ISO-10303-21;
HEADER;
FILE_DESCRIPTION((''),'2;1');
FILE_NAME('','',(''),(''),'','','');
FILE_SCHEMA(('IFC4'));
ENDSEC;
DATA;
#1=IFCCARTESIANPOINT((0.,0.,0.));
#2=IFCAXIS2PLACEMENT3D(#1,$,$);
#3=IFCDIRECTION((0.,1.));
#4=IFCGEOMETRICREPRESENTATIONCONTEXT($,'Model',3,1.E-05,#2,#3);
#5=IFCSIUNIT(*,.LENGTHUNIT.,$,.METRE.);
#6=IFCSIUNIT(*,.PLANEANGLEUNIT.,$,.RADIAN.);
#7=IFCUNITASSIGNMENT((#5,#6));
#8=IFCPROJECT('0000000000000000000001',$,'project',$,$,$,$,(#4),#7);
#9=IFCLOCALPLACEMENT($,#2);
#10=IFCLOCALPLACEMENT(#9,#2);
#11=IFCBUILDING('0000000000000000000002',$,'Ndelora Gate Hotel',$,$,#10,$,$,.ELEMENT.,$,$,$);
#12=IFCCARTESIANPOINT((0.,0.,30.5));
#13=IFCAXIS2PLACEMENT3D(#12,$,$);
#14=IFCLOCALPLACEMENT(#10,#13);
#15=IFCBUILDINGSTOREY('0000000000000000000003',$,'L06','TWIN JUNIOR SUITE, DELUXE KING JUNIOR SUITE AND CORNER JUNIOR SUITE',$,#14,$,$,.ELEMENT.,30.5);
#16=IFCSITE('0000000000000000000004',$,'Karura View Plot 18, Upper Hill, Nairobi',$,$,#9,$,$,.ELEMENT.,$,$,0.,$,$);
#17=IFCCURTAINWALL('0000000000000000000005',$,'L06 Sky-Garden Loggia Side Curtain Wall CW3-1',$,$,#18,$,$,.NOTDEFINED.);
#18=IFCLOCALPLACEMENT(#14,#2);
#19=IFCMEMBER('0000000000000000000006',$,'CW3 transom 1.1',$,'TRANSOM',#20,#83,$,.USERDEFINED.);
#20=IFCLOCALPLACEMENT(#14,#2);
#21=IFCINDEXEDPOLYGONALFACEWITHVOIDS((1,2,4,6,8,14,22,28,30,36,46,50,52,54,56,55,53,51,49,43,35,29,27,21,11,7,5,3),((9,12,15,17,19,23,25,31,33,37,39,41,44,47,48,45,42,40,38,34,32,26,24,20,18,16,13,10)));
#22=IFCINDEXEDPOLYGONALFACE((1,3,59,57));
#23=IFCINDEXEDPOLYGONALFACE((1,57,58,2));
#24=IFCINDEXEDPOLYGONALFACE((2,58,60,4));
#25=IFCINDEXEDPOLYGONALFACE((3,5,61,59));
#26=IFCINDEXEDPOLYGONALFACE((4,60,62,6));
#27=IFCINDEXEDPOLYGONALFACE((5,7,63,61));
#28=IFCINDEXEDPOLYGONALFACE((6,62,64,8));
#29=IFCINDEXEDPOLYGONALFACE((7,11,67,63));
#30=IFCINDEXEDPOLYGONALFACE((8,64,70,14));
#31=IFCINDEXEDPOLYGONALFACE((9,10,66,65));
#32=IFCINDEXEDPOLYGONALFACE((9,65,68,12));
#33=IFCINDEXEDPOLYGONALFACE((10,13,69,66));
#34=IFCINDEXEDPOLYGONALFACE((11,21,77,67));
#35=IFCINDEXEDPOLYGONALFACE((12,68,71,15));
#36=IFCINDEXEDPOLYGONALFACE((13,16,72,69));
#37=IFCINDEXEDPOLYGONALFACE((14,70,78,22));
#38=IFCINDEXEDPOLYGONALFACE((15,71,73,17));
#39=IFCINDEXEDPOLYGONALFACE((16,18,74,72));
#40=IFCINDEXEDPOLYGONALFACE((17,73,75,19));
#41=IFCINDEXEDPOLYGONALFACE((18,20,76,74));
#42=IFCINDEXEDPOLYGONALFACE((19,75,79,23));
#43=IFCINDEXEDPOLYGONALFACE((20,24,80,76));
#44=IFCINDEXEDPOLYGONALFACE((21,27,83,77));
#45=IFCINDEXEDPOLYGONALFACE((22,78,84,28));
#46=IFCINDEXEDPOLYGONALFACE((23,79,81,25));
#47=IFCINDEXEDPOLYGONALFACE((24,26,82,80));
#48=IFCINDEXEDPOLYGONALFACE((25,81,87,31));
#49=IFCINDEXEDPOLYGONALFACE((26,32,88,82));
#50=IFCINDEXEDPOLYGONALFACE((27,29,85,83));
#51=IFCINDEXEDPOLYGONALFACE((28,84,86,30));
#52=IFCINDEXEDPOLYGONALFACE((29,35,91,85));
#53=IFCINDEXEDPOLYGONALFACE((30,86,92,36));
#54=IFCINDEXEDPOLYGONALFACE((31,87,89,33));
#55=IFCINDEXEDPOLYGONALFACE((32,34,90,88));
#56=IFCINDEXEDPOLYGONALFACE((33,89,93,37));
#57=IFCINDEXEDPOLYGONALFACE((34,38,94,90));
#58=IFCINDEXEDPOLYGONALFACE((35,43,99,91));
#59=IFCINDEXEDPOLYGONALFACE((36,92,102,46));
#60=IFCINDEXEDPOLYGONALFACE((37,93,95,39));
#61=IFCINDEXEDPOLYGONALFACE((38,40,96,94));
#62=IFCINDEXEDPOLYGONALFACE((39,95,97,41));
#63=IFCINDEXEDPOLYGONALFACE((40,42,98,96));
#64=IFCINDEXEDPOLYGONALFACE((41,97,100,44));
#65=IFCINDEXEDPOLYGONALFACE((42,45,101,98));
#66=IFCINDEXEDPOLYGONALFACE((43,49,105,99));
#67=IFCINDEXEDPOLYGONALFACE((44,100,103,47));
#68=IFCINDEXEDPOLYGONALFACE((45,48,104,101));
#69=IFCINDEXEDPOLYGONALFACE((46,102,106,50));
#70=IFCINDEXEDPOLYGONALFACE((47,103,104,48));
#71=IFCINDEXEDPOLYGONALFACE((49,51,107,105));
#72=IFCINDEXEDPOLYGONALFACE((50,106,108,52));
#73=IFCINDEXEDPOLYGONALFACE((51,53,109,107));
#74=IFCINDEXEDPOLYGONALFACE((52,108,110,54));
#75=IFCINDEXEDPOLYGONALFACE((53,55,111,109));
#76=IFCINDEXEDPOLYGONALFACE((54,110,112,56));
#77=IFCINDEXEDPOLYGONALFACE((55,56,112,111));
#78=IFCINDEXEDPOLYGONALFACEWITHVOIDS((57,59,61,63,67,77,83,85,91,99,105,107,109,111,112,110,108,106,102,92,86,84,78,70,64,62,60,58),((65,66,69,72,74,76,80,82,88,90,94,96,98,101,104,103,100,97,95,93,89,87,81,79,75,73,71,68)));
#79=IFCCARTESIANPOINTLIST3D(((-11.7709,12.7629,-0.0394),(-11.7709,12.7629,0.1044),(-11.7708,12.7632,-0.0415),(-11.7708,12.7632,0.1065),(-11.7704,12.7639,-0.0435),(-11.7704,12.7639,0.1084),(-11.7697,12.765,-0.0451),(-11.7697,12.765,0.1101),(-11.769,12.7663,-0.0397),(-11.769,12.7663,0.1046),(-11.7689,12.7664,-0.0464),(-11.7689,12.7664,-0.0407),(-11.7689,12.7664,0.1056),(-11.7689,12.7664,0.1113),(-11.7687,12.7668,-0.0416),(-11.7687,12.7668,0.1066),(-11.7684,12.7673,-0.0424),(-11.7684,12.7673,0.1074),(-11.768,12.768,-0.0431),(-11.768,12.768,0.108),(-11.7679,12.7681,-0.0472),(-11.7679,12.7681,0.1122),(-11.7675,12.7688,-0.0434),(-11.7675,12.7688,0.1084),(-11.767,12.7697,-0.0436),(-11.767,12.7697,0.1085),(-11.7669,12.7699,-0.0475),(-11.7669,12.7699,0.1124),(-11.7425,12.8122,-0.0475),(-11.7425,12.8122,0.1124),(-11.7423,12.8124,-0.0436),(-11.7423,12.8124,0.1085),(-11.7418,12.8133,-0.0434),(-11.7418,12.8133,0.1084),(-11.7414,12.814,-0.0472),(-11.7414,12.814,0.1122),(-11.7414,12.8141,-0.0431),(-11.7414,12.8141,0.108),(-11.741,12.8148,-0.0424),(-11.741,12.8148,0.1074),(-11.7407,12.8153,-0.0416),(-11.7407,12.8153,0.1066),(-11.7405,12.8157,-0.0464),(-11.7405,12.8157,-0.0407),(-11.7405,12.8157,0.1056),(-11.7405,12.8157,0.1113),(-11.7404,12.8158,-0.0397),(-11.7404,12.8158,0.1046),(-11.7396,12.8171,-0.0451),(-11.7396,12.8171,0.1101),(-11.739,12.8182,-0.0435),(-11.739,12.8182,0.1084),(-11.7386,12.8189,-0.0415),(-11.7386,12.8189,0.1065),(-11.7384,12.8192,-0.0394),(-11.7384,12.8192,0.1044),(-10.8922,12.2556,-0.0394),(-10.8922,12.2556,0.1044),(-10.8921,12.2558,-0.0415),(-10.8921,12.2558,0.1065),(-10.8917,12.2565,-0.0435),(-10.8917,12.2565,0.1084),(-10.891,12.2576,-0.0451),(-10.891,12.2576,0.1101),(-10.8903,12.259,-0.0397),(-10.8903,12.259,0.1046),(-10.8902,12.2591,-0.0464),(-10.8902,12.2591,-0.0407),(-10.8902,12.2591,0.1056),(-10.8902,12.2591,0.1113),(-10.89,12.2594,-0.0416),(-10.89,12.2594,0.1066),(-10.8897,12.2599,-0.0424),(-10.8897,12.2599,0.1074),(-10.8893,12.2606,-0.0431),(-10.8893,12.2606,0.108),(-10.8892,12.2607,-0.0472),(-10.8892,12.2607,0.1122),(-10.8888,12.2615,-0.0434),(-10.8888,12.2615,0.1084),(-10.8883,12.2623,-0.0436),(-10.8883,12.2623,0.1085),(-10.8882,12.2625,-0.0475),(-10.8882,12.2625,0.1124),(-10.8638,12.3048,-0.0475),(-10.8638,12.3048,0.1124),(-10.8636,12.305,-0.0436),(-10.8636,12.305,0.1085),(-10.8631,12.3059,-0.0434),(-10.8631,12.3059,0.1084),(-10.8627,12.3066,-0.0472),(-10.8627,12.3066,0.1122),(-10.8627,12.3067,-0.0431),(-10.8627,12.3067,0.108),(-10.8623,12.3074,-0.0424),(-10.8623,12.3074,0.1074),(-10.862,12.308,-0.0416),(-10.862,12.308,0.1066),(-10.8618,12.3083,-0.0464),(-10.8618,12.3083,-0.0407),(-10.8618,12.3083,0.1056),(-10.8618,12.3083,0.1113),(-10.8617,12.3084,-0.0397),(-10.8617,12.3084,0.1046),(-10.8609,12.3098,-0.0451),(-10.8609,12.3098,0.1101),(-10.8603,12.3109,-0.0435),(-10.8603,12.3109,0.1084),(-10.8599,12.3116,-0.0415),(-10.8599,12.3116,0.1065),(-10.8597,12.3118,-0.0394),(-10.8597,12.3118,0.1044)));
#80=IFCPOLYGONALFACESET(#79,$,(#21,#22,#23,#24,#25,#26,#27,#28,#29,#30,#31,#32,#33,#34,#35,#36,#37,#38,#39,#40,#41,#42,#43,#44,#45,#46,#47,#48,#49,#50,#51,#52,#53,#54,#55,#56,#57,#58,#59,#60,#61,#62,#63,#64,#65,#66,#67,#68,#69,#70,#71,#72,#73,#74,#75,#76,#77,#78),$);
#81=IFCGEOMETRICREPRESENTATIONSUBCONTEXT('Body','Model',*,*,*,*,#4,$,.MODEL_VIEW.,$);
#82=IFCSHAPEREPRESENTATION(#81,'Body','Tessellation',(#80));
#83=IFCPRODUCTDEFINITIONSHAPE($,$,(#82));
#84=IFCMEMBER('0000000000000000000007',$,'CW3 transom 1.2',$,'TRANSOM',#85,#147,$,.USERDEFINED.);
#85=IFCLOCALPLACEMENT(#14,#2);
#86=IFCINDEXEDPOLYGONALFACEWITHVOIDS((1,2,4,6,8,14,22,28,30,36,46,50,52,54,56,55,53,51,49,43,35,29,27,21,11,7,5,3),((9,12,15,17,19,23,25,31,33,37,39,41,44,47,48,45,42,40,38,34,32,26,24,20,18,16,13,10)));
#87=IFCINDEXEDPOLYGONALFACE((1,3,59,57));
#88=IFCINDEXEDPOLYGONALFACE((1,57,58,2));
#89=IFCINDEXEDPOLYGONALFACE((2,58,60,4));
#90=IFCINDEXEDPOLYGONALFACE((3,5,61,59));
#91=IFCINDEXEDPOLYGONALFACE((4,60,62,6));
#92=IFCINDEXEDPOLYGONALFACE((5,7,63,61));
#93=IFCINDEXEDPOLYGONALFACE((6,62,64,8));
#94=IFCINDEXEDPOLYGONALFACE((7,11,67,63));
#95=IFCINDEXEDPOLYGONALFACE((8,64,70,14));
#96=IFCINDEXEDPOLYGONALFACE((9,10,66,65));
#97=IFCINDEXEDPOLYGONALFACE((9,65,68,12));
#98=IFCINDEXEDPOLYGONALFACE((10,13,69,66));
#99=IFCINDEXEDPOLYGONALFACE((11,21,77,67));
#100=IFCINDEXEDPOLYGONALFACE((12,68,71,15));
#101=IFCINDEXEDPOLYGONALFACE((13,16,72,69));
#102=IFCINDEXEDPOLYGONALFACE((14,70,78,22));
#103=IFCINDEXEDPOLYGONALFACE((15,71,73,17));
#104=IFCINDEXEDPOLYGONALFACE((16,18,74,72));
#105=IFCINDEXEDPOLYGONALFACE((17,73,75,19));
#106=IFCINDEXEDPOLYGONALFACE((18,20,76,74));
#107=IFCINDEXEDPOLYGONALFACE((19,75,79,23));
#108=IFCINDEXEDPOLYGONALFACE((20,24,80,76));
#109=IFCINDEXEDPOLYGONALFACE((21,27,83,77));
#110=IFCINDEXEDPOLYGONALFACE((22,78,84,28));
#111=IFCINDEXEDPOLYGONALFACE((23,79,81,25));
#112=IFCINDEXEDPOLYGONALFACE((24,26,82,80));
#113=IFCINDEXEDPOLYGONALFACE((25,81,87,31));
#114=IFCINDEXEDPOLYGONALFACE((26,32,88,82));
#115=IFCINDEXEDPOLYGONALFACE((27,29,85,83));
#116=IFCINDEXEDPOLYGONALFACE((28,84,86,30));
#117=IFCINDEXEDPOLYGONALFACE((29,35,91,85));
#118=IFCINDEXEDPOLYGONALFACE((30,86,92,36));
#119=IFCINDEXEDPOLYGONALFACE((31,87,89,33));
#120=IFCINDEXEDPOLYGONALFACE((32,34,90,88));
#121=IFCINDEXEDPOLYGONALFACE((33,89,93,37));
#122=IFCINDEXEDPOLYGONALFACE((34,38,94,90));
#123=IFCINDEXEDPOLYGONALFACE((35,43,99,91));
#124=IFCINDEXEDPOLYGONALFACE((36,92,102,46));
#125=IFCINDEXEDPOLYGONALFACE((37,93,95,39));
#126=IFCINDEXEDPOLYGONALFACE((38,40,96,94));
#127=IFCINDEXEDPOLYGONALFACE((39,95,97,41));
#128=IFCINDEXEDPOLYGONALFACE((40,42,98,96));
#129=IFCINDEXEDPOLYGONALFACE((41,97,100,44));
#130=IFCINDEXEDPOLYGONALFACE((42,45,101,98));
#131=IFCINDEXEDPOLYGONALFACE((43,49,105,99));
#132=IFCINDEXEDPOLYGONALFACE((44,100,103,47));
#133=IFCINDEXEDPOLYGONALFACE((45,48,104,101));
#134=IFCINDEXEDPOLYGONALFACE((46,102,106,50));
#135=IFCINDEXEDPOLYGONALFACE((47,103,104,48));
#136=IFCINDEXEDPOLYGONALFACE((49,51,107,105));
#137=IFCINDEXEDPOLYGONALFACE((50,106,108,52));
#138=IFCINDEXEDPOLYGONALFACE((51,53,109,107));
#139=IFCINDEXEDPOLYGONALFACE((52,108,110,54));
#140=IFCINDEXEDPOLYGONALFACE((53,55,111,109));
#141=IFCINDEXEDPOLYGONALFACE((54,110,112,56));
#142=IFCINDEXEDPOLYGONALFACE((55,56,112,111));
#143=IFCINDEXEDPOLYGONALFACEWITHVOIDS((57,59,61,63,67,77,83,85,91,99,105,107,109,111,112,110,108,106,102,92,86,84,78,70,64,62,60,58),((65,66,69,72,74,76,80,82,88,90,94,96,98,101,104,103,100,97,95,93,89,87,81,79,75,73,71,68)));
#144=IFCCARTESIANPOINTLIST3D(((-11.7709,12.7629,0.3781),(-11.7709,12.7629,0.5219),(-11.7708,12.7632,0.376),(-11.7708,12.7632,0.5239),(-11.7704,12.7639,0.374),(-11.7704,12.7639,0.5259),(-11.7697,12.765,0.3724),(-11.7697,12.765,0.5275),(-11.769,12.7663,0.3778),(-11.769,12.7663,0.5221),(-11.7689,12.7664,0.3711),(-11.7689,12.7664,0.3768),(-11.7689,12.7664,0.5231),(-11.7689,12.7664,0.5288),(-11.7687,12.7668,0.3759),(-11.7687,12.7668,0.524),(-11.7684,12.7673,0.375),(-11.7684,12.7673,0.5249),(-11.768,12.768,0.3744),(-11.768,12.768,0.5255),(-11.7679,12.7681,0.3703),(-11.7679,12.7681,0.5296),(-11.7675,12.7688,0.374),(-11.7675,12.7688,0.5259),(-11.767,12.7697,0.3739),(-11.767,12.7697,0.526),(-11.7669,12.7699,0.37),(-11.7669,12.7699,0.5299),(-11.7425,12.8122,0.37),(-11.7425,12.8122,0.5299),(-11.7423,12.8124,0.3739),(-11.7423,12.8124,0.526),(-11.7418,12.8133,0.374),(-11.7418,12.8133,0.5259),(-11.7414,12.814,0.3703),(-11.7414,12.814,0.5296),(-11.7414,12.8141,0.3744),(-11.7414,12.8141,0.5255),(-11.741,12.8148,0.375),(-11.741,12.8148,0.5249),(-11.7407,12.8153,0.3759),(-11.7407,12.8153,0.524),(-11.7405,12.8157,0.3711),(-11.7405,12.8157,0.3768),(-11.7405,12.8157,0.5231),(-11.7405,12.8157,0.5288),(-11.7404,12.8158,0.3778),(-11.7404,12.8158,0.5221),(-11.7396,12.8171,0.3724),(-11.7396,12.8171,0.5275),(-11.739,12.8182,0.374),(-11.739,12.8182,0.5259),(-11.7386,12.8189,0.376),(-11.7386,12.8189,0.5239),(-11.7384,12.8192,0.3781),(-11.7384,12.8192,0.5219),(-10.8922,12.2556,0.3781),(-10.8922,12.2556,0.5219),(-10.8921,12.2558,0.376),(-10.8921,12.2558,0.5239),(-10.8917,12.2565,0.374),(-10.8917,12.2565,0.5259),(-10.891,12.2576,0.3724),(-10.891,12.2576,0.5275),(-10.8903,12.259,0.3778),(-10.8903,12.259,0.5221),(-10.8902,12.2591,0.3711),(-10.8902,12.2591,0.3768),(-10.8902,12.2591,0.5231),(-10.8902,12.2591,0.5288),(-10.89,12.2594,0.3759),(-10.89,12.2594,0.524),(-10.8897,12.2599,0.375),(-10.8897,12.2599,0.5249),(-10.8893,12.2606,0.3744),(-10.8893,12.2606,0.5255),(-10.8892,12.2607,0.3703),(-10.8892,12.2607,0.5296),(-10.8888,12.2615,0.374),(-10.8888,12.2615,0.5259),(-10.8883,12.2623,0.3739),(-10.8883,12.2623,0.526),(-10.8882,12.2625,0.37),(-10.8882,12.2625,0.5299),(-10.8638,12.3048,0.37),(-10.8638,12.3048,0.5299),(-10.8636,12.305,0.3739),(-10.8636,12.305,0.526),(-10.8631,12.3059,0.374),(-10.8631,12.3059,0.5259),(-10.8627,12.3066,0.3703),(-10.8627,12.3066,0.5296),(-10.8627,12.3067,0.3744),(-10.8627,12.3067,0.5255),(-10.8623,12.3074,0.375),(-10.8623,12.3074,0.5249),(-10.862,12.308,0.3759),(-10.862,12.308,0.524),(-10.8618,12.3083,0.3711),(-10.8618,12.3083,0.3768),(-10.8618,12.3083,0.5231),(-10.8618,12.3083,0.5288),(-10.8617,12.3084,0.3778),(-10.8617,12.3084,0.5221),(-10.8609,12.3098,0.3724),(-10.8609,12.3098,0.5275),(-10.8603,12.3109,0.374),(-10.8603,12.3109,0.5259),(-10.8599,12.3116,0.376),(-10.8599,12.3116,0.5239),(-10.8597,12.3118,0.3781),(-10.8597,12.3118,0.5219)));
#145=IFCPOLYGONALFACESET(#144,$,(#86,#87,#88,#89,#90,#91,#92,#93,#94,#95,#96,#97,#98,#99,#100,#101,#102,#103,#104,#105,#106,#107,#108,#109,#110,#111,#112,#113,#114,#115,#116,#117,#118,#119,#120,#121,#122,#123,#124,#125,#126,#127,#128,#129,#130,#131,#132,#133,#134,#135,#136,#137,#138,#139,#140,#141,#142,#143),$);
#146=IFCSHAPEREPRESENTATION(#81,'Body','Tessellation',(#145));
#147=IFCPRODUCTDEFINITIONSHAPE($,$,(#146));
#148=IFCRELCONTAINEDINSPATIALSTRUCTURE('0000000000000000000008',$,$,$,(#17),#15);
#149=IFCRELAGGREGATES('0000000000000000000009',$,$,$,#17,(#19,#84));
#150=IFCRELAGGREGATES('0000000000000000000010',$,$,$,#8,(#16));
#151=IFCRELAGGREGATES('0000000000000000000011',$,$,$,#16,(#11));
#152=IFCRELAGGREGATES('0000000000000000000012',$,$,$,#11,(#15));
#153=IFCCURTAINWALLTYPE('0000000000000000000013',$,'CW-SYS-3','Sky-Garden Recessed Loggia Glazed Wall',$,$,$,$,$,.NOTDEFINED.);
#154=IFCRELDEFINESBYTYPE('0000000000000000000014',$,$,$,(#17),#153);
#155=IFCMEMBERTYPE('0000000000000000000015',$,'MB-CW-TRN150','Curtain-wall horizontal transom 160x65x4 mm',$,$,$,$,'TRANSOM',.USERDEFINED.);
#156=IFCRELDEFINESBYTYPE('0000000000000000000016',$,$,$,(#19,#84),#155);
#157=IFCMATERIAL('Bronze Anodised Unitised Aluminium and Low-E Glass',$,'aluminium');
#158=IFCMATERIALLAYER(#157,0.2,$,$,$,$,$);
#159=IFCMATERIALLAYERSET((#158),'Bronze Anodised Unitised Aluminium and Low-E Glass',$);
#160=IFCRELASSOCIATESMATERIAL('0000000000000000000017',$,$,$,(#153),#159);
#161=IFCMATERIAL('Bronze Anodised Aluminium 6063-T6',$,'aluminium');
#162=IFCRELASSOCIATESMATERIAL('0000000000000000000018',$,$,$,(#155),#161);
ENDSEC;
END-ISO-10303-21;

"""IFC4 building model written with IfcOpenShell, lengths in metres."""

from ifc_helpers import new_model, si_unit, direction, frame, origin, origin_2d, place, context, subcontext, project, spatial, hollow_rectangle, extrude, material, layer, layer_set, material_profile, profile_set, type_object, element, aggregate, save


model = new_model("IFC4")

# Units and contexts
model_context = context("Model", 3, precision=1e-05, world=origin(), true_north=direction((0.0, 1.0)))
body_context = subcontext(model_context, "Body", "Model", "MODEL_VIEW")
ifc_project = project(units=[si_unit("LENGTHUNIT", "METRE"), si_unit("PLANEANGLEUNIT", "RADIAN")], contexts=[model_context])

# Site, building, storey
site_placement = place(None, origin())
site = spatial("IfcSite", under=ifc_project, at=site_placement, Name="Karura View Plot 18, Upper Hill, Nairobi", CompositionType="ELEMENT", RefElevation=0.0)
building_placement = place(site_placement, origin())
building = spatial("IfcBuilding", under=site, at=building_placement, Name="Ndelora Gate Hotel", CompositionType="ELEMENT")
storey_placement = place(building_placement, frame((0.0, 0.0, 30.5)))
storey = spatial("IfcBuildingStorey", under=building, at=storey_placement, Name="L06", Description="TWIN JUNIOR SUITE, DELUXE KING JUNIOR SUITE AND CORNER JUNIOR SUITE", CompositionType="ELEMENT", Elevation=30.5)

# Curtain wall, members
ifc_material_1 = material(Name="Bronze Anodised Unitised Aluminium and Low-E Glass", Category="aluminium")
ifc_layer_1 = layer(ifc_material_1, 0.2)
ifc_layer_set_1 = layer_set([ifc_layer_1], Name="Bronze Anodised Unitised Aluminium and Low-E Glass")
curtain_wall_type = type_object("IfcCurtainWallType", Name="CW-SYS-3", Description="Sky-Garden Recessed Loggia Glazed Wall", PredefinedType="NOTDEFINED", material=ifc_layer_set_1)
curtain_wall_placement = place(storey_placement, origin())
curtain_wall = element("IfcCurtainWall", 1, at=curtain_wall_placement, inside=storey, type_object=curtain_wall_type, Name="L06 Sky-Garden Loggia Side Curtain Wall CW3-1", PredefinedType="NOTDEFINED")
ifc_material_2 = material(Name="Bronze Anodised Aluminium 6063-T6", Category="aluminium")
ifc_material_profile_1 = material_profile(ifc_material_2, hollow_rectangle(XDim=0.0649, YDim=0.1599, WallThickness=0.0039, InnerFilletRadius=0.0039, OuterFilletRadius=0.0081, at=origin_2d()), Name="ALU 160x65x4")
ifc_profile_set_1 = profile_set([ifc_material_profile_1], Name="Bronze Anodised Aluminium 6063-T6")
member_type_1 = type_object("IfcMemberType", Name="MB-CW-TRN150", Description="Curtain-wall horizontal transom 160x65x4 mm", ElementType="TRANSOM", PredefinedType="USERDEFINED", material=ifc_profile_set_1)
member_1_placement = place(storey_placement, frame((-10.876, 12.2837, 0.0325), z_axis=(-0.866013, 0.500021, 0.0), x_axis=(-0.500021, -0.866013, 0.0)))
member_1 = element("IfcMember", 2, at=member_1_placement, type_object=member_type_1, Name="CW3 transom 1.1", ObjectType="TRANSOM", PredefinedType="USERDEFINED", context=body_context, shape_type="SweptSolid", body=[
    extrude(hollow_rectangle(XDim=0.0649, YDim=0.1599, WallThickness=0.0039, InnerFilletRadius=0.0039, OuterFilletRadius=0.0081, at=origin_2d()), origin(), (0.0, 0.0, 1.0), 1.0146),
])
member_2_placement = place(storey_placement, frame((-10.876, 12.2837, 0.45), z_axis=(-0.866013, 0.500021, 0.0), x_axis=(-0.500021, -0.866013, 0.0)))
member_2 = element("IfcMember", 3, at=member_2_placement, type_object=member_type_1, Name="CW3 transom 1.2", ObjectType="TRANSOM", PredefinedType="USERDEFINED", context=body_context, shape_type="SweptSolid", body=[
    extrude(hollow_rectangle(XDim=0.0649, YDim=0.1599, WallThickness=0.0039, InnerFilletRadius=0.0039, OuterFilletRadius=0.0081, at=origin_2d()), origin(), (0.0, 0.0, 1.0), 1.0146),
])
aggregate(curtain_wall, [member_1, member_2])

save(model, "model.ifc")
